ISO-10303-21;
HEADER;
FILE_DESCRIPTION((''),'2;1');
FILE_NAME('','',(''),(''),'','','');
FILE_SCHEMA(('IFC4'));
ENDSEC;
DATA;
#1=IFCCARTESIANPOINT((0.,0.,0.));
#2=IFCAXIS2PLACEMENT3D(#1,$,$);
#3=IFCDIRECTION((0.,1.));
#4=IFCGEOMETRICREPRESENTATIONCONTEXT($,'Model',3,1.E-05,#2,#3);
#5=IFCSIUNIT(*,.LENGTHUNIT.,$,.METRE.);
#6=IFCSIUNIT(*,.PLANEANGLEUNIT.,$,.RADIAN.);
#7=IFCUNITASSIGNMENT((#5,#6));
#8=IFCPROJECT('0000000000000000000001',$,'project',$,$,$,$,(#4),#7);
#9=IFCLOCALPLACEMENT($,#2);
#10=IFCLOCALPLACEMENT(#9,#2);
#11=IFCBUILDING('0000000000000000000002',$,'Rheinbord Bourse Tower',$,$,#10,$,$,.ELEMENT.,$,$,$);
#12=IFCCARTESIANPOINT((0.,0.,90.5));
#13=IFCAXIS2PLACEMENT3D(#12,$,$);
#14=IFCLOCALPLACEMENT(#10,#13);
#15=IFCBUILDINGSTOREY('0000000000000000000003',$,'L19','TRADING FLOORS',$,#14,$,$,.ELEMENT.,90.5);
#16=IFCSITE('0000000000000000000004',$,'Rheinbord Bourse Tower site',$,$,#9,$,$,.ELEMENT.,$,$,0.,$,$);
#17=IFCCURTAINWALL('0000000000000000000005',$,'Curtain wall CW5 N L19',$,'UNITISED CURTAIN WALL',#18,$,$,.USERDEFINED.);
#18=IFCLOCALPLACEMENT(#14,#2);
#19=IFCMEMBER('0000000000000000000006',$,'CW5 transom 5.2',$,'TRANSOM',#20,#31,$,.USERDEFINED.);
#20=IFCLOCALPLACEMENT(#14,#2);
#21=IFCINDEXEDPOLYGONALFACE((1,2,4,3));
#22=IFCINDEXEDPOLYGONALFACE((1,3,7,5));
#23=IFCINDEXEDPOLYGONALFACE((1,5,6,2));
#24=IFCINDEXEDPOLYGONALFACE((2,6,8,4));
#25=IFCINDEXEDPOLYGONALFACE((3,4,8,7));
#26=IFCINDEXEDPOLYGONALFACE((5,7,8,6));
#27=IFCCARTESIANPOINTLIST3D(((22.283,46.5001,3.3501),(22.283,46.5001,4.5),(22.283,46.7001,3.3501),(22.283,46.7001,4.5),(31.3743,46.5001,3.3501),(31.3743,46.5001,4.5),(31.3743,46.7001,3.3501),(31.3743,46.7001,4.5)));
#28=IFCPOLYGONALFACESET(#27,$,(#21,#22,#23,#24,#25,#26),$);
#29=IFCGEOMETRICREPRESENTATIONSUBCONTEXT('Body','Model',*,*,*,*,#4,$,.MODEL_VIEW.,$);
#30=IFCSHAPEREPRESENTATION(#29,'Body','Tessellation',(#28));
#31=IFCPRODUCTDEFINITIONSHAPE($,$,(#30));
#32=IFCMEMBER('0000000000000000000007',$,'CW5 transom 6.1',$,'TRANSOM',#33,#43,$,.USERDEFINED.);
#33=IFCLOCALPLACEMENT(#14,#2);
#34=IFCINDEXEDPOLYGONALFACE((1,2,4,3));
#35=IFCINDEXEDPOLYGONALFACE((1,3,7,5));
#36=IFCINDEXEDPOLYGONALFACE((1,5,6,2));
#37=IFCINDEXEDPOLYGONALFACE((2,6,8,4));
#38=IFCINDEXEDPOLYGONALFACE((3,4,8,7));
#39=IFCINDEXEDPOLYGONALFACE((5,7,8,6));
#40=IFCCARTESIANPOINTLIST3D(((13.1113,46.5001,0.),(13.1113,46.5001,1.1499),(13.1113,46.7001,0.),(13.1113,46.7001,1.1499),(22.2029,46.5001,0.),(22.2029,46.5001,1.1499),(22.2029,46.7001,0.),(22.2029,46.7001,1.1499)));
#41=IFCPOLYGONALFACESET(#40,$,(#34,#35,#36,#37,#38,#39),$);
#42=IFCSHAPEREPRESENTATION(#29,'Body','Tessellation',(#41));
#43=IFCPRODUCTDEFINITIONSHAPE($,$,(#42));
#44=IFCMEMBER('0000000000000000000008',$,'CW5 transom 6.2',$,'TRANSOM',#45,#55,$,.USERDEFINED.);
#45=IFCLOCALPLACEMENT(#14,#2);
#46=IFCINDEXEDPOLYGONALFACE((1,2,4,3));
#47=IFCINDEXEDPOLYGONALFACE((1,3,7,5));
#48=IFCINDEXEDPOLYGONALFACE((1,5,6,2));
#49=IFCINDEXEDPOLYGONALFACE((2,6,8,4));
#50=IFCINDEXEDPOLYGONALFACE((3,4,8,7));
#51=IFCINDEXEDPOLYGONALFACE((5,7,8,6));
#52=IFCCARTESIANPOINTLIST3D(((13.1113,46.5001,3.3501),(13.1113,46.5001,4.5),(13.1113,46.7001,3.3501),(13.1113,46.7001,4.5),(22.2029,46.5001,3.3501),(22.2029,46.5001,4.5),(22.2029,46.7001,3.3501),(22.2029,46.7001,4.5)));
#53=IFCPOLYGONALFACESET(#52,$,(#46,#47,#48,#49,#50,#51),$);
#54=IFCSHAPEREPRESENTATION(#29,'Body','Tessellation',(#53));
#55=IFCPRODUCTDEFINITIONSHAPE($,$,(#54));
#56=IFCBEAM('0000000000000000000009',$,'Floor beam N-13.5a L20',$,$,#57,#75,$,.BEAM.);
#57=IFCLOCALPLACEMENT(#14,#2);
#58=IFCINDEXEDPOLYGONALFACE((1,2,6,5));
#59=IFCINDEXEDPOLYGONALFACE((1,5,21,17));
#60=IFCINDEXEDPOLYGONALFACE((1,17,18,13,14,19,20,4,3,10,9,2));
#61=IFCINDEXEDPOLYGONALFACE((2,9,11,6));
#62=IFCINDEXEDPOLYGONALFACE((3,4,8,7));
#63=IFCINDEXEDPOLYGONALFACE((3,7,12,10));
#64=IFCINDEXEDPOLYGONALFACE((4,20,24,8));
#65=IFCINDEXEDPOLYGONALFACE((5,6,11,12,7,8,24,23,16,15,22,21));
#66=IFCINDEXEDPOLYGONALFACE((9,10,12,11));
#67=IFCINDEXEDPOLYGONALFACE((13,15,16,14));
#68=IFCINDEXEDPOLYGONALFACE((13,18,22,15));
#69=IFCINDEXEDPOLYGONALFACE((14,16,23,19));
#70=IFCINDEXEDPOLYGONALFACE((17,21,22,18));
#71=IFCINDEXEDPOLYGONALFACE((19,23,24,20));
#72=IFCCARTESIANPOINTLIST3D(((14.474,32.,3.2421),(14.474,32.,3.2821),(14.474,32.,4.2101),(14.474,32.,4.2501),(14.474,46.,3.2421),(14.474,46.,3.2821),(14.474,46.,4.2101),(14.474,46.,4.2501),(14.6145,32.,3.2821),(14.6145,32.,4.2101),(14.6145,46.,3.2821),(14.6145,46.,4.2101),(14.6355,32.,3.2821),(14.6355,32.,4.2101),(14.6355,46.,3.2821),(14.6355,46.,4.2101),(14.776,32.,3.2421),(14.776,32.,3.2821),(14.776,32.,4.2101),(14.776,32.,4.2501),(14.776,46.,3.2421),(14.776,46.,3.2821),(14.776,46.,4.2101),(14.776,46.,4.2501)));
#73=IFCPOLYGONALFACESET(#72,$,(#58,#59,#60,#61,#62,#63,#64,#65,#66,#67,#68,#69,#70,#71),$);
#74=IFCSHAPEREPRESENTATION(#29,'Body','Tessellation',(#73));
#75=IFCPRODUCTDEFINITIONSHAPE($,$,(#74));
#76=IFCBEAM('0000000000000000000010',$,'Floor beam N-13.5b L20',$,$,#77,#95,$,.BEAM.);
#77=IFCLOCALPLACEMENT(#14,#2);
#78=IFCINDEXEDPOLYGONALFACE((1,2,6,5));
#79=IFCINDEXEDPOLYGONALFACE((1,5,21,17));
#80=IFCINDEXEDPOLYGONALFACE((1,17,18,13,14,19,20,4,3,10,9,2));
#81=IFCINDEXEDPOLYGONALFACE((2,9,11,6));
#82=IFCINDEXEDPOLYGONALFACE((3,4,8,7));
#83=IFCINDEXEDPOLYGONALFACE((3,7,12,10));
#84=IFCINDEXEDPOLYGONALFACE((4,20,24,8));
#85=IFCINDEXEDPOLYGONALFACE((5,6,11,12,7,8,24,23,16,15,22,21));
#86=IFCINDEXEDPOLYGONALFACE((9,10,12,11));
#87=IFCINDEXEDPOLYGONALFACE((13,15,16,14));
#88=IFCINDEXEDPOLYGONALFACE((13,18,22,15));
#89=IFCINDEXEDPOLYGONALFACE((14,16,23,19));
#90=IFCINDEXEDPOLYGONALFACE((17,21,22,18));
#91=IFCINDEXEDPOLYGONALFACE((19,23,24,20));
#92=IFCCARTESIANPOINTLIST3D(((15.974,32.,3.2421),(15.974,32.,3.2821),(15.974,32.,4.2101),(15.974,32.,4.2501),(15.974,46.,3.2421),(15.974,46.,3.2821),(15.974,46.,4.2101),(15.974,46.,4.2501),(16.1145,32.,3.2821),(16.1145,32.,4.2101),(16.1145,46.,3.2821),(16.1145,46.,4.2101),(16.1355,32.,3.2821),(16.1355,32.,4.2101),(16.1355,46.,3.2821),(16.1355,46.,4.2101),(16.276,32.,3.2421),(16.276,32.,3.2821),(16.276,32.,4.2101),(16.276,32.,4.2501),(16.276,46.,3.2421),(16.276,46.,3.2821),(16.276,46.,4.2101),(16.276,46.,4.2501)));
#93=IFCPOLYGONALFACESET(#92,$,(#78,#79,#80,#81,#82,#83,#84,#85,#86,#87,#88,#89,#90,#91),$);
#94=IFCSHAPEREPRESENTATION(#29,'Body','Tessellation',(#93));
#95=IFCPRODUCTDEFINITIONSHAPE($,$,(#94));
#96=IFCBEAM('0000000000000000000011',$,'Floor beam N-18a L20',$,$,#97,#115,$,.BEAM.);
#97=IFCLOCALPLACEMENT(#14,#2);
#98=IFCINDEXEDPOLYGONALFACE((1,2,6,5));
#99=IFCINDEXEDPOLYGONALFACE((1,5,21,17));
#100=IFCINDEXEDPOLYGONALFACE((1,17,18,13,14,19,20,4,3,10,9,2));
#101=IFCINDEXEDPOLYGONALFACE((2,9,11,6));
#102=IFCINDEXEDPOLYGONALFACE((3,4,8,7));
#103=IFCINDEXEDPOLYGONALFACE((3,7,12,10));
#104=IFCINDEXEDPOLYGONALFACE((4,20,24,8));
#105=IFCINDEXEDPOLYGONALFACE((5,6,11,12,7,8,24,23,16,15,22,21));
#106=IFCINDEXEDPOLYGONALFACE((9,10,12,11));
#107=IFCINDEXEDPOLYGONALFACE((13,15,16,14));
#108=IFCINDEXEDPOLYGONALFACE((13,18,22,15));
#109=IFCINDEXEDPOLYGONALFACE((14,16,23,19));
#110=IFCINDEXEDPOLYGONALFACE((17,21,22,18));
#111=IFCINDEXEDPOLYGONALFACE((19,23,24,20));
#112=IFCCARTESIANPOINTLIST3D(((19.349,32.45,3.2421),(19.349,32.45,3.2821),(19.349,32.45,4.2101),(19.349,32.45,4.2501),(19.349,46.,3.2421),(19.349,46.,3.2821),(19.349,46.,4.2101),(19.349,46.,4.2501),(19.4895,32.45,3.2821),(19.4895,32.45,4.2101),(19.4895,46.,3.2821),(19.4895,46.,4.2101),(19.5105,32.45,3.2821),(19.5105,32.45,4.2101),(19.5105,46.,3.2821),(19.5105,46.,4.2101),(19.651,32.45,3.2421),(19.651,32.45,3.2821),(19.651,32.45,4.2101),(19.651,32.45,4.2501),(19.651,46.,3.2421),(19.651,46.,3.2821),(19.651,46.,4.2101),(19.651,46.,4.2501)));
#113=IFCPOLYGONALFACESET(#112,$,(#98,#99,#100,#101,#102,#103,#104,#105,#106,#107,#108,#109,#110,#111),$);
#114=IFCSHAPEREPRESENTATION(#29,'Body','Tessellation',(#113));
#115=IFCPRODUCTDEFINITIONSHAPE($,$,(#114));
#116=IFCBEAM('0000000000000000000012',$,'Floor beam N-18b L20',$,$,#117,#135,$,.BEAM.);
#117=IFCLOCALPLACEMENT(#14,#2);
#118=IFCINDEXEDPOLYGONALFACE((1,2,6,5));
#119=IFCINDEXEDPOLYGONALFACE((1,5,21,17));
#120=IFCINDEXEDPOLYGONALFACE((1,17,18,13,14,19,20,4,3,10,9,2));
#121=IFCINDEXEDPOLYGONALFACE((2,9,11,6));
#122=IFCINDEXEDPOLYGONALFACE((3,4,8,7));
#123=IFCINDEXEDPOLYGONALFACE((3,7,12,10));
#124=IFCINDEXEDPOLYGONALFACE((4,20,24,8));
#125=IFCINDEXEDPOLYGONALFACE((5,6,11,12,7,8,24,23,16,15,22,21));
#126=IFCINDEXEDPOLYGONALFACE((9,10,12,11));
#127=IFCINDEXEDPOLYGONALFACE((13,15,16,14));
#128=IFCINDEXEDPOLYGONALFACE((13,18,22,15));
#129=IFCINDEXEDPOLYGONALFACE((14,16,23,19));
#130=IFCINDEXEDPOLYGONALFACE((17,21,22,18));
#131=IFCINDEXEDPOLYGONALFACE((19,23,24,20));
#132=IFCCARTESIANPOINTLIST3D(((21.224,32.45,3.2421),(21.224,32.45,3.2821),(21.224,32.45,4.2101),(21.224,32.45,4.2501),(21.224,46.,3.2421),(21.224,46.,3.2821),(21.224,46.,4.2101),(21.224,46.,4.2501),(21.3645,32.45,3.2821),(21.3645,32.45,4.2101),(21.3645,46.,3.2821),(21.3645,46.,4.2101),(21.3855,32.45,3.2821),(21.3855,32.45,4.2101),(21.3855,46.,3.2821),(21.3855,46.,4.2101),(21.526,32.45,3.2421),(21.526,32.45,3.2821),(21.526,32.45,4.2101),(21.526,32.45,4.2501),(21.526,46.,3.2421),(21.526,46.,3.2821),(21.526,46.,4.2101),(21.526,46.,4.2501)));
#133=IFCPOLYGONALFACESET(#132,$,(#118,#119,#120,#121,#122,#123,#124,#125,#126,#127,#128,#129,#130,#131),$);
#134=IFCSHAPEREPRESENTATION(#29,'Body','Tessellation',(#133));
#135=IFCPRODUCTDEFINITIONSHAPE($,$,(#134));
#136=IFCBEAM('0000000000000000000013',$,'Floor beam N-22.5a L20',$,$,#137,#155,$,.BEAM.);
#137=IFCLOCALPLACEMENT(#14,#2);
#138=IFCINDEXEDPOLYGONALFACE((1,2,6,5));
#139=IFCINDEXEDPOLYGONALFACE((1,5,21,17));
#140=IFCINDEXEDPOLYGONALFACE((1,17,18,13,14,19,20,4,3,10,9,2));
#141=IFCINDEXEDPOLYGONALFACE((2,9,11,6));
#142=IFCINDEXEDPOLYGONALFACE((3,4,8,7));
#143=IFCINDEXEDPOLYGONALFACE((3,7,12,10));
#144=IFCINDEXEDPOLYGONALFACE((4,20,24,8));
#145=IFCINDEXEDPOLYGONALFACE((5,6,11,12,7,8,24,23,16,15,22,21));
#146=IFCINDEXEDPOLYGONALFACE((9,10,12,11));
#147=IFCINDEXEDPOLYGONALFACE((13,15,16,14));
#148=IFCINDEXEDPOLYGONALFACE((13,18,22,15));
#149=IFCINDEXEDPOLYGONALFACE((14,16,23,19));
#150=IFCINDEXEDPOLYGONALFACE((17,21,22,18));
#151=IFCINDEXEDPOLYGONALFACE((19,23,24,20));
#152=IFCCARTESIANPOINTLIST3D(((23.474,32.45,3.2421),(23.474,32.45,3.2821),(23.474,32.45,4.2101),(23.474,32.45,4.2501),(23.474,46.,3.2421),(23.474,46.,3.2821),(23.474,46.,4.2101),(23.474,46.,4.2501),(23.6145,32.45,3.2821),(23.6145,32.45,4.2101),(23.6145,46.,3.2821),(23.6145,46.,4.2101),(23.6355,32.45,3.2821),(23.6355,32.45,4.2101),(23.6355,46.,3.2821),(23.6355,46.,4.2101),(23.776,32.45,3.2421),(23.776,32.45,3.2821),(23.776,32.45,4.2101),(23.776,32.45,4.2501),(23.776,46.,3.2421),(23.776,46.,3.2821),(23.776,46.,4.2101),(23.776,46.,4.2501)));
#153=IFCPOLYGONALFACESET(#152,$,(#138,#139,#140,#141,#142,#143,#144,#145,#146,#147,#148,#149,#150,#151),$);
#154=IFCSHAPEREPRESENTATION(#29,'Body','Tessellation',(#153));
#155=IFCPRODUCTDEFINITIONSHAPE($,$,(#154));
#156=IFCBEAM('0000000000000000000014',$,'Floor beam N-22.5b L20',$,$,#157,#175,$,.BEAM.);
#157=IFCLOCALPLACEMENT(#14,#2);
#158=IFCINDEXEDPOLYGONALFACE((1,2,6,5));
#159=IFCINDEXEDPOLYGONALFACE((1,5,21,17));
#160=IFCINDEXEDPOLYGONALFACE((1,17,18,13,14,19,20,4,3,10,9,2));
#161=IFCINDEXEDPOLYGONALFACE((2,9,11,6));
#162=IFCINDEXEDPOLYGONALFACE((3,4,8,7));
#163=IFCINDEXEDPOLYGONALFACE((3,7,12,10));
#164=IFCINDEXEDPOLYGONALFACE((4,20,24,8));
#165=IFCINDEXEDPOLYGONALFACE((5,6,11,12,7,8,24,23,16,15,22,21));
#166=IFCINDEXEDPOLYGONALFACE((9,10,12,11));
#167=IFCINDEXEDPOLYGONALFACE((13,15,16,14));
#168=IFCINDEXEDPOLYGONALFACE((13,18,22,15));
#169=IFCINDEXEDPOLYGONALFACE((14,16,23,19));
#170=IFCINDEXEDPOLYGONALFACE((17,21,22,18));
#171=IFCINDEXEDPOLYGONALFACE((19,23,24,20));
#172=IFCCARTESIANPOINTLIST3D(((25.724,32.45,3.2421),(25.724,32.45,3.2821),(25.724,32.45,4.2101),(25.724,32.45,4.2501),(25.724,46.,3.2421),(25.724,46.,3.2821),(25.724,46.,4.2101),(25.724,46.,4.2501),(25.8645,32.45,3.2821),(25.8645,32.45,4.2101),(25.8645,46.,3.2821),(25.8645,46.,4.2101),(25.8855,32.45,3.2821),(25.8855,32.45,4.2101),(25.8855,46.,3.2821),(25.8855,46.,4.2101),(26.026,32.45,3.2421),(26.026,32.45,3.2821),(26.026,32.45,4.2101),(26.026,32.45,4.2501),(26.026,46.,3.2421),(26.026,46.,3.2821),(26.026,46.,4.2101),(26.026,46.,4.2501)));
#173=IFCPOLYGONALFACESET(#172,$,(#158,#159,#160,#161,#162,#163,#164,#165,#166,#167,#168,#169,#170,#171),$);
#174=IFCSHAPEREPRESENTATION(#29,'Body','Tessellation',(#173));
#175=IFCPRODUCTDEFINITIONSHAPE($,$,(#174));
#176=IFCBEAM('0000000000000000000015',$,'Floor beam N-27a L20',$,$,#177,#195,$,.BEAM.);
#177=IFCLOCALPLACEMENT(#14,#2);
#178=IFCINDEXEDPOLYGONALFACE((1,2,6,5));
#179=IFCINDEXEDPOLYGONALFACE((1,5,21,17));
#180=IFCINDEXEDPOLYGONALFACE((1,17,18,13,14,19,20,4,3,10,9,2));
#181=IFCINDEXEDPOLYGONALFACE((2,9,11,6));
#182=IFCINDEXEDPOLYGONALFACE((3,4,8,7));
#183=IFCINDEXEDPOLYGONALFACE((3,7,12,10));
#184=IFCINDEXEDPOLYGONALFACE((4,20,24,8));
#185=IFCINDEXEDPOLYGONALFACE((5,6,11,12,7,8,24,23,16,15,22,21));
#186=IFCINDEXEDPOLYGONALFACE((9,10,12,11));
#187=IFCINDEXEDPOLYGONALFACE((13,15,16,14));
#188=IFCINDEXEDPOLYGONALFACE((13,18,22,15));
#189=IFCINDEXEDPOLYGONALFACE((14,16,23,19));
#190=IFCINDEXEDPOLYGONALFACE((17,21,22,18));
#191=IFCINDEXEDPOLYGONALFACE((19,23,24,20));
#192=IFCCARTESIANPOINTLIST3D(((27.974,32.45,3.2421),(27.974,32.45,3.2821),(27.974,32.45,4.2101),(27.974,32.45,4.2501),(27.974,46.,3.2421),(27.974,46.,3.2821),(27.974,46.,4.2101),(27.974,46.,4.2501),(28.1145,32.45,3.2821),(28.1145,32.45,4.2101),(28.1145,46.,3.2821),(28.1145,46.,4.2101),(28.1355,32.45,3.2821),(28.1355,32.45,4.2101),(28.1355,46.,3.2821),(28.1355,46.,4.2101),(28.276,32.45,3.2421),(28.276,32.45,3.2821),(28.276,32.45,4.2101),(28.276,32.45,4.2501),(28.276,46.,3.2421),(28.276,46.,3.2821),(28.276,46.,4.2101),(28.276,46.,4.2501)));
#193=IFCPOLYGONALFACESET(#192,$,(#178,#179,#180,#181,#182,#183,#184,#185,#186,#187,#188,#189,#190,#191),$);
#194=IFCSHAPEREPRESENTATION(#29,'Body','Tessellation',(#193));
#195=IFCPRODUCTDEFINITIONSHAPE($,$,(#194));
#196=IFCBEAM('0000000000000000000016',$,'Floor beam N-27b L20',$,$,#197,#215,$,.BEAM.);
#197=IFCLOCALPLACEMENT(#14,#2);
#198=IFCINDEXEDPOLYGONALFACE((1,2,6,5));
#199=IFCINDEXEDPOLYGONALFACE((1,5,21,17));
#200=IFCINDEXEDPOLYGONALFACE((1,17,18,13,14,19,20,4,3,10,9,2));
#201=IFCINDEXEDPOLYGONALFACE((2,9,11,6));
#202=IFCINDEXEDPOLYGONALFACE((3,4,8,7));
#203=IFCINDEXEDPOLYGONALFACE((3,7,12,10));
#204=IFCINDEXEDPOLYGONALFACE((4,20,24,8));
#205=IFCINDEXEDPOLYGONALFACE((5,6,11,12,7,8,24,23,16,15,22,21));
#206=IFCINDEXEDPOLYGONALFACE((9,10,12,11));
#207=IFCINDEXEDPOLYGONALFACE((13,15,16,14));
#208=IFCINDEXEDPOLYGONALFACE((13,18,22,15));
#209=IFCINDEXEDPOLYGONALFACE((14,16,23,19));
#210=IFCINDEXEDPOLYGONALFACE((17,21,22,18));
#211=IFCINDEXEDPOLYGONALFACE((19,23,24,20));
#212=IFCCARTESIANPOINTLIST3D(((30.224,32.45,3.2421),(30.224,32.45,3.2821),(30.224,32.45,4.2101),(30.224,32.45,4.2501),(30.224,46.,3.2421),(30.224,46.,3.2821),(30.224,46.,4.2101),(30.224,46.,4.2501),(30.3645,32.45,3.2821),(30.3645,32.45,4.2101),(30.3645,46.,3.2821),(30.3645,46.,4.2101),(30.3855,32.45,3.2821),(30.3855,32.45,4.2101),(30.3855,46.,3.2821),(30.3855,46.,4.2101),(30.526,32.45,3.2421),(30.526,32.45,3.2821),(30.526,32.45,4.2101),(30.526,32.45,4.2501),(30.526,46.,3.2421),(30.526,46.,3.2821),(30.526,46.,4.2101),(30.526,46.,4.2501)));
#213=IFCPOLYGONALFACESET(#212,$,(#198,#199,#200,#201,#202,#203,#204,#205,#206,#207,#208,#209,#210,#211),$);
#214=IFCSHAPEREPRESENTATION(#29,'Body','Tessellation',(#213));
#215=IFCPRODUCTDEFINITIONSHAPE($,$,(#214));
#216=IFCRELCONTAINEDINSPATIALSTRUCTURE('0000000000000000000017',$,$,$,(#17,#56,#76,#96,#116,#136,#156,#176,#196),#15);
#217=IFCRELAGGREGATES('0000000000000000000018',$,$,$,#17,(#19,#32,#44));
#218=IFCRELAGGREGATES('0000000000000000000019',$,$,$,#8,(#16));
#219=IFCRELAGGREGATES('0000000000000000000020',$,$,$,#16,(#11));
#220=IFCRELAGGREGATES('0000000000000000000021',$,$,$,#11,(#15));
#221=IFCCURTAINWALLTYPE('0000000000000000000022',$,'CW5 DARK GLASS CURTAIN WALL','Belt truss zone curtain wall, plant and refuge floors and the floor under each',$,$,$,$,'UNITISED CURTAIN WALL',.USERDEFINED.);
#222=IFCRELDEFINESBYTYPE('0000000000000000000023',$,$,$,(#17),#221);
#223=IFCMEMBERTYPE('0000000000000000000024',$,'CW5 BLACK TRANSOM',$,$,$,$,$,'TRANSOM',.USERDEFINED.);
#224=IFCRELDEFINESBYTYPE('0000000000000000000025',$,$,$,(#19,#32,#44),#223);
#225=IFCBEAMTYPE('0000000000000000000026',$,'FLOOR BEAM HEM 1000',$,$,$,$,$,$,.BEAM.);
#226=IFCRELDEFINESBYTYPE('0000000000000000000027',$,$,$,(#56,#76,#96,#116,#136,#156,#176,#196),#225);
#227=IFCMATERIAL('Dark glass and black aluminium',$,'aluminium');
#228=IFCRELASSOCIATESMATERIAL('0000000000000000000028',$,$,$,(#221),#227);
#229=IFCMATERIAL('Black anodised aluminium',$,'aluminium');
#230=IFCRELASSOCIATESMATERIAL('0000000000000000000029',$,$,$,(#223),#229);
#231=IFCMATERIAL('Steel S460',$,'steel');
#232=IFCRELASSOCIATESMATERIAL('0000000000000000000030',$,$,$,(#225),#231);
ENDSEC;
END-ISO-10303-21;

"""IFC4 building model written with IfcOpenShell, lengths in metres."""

from ifc_helpers import new_model, si_unit, direction, frame, origin, origin_2d, place, context, subcontext, project, spatial, rectangle, i_section, extrude, material, material_profile, profile_set, type_object, element, aggregate, save


model = new_model("IFC4")

# Units and contexts
model_context = context("Model", 3, precision=1e-05, world=origin(), true_north=direction((0.0, 1.0)))
body_context = subcontext(model_context, "Body", "Model", "MODEL_VIEW")
ifc_project = project(units=[si_unit("LENGTHUNIT", "METRE"), si_unit("PLANEANGLEUNIT", "RADIAN")], contexts=[model_context])

# Site, building, storey
site_placement = place(None, origin())
site = spatial("IfcSite", under=ifc_project, at=site_placement, Name="Rheinbord Bourse Tower site", CompositionType="ELEMENT", RefElevation=0.0)
building_placement = place(site_placement, origin())
building = spatial("IfcBuilding", under=site, at=building_placement, Name="Rheinbord Bourse Tower", CompositionType="ELEMENT")
storey_placement = place(building_placement, frame((0.0, 0.0, 90.5)))
storey = spatial("IfcBuildingStorey", under=building, at=storey_placement, Name="L19", Description="TRADING FLOORS", CompositionType="ELEMENT", Elevation=90.5)

# Curtain wall, members
ifc_material_1 = material(Name="Dark glass and black aluminium", Category="aluminium")
curtain_wall_type = type_object("IfcCurtainWallType", Name="CW5 DARK GLASS CURTAIN WALL", Description="Belt truss zone curtain wall, plant and refuge floors and the floor under each", ElementType="UNITISED CURTAIN WALL", PredefinedType="USERDEFINED", material=ifc_material_1)
curtain_wall_placement = place(storey_placement, origin())
curtain_wall = element("IfcCurtainWall", 1, at=curtain_wall_placement, inside=storey, type_object=curtain_wall_type, Name="Curtain wall CW5 N L19", ObjectType="UNITISED CURTAIN WALL", PredefinedType="USERDEFINED")
ifc_material_2 = material(Name="Black anodised aluminium", Category="aluminium")
ifc_material_profile_1 = material_profile(ifc_material_2, rectangle(XDim=0.2, YDim=1.1499, at=origin_2d()), Name="CW5 TRANSOM 1150x200")
ifc_profile_set_1 = profile_set([ifc_material_profile_1], Name="Black anodised aluminium")
member_type_1 = type_object("IfcMemberType", Name="CW5 BLACK TRANSOM", ElementType="TRANSOM", PredefinedType="USERDEFINED", material=ifc_profile_set_1)
member_1_placement = place(storey_placement, frame((31.3743, 46.6001, 3.925), z_axis=(-1.0, 0.0, 0.0), x_axis=(0.0, -1.0, 0.0)))
member_1 = element("IfcMember", 2, at=member_1_placement, type_object=member_type_1, Name="CW5 transom 5.2", ObjectType="TRANSOM", PredefinedType="USERDEFINED", context=body_context, shape_type="SweptSolid", body=[
    extrude(rectangle(XDim=0.2, YDim=1.1499, at=origin_2d()), origin(), (0.0, 0.0, 1.0), 9.0913),
])
member_2_placement = place(storey_placement, frame((22.2029, 46.6001, 0.575), z_axis=(-1.0, 0.0, 0.0), x_axis=(0.0, -1.0, 0.0)))
member_2 = element("IfcMember", 3, at=member_2_placement, type_object=member_type_1, Name="CW5 transom 6.1", ObjectType="TRANSOM", PredefinedType="USERDEFINED", context=body_context, shape_type="SweptSolid", body=[
    extrude(rectangle(XDim=0.2, YDim=1.1499, at=origin_2d()), origin(), (0.0, 0.0, 1.0), 9.0916),
])
member_3_placement = place(storey_placement, frame((22.2029, 46.6001, 3.925), z_axis=(-1.0, 0.0, 0.0), x_axis=(0.0, -1.0, 0.0)))
member_3 = element("IfcMember", 4, at=member_3_placement, type_object=member_type_1, Name="CW5 transom 6.2", ObjectType="TRANSOM", PredefinedType="USERDEFINED", context=body_context, shape_type="SweptSolid", body=[
    extrude(rectangle(XDim=0.2, YDim=1.1499, at=origin_2d()), origin(), (0.0, 0.0, 1.0), 9.0916),
])

# Beams
ifc_material_3 = material(Name="Steel S460", Category="steel")
ifc_material_profile_2 = material_profile(ifc_material_3, i_section(OverallWidth=0.302, OverallDepth=1.0081, WebThickness=0.021, FlangeThickness=0.04, at=origin_2d()), Name="HEM 1000")
ifc_profile_set_2 = profile_set([ifc_material_profile_2], Name="Steel S460")
beam_type_1 = type_object("IfcBeamType", Name="FLOOR BEAM HEM 1000", PredefinedType="BEAM", material=ifc_profile_set_2)
for number, where, z_axis, x_axis, name in (
    (5, (14.625, 46.0, 3.7461), (0.0, -1.0, 0.0), (1.0, 0.0, 0.0), "Floor beam N-13.5a L20"),
    (6, (16.125, 46.0, 3.7461), (0.0, -1.0, 0.0), (1.0, 0.0, 0.0), "Floor beam N-13.5b L20"),
):
    element("IfcBeam", number, at=place(storey_placement, frame(where, z_axis=z_axis, x_axis=x_axis)), inside=storey, type_object=beam_type_1, Name=name, PredefinedType="BEAM", context=body_context, shape_type="SweptSolid", body=[
        extrude(i_section(OverallWidth=0.302, OverallDepth=1.0081, WebThickness=0.021, FlangeThickness=0.04, at=origin_2d()), origin(), (0.0, 0.0, 1.0), 14.0),
    ])
for number, where, z_axis, x_axis, name in (
    (7, (19.5, 46.0, 3.7461), (0.0, -1.0, 0.0), (1.0, 0.0, 0.0), "Floor beam N-18a L20"),
    (8, (21.375, 46.0, 3.7461), (0.0, -1.0, 0.0), (1.0, 0.0, 0.0), "Floor beam N-18b L20"),
    (9, (23.625, 46.0, 3.7461), (0.0, -1.0, 0.0), (1.0, 0.0, 0.0), "Floor beam N-22.5a L20"),
    (10, (25.875, 46.0, 3.7461), (0.0, -1.0, 0.0), (1.0, 0.0, 0.0), "Floor beam N-22.5b L20"),
    (11, (28.125, 46.0, 3.7461), (0.0, -1.0, 0.0), (1.0, 0.0, 0.0), "Floor beam N-27a L20"),
    (12, (30.375, 46.0, 3.7461), (0.0, -1.0, 0.0), (1.0, 0.0, 0.0), "Floor beam N-27b L20"),
):
    element("IfcBeam", number, at=place(storey_placement, frame(where, z_axis=z_axis, x_axis=x_axis)), inside=storey, type_object=beam_type_1, Name=name, PredefinedType="BEAM", context=body_context, shape_type="SweptSolid", body=[
        extrude(i_section(OverallWidth=0.302, OverallDepth=1.0081, WebThickness=0.021, FlangeThickness=0.04, at=origin_2d()), origin(), (0.0, 0.0, 1.0), 13.55),
    ])

aggregate(curtain_wall, [member_1, member_2, member_3])

save(model, "model.ifc")
